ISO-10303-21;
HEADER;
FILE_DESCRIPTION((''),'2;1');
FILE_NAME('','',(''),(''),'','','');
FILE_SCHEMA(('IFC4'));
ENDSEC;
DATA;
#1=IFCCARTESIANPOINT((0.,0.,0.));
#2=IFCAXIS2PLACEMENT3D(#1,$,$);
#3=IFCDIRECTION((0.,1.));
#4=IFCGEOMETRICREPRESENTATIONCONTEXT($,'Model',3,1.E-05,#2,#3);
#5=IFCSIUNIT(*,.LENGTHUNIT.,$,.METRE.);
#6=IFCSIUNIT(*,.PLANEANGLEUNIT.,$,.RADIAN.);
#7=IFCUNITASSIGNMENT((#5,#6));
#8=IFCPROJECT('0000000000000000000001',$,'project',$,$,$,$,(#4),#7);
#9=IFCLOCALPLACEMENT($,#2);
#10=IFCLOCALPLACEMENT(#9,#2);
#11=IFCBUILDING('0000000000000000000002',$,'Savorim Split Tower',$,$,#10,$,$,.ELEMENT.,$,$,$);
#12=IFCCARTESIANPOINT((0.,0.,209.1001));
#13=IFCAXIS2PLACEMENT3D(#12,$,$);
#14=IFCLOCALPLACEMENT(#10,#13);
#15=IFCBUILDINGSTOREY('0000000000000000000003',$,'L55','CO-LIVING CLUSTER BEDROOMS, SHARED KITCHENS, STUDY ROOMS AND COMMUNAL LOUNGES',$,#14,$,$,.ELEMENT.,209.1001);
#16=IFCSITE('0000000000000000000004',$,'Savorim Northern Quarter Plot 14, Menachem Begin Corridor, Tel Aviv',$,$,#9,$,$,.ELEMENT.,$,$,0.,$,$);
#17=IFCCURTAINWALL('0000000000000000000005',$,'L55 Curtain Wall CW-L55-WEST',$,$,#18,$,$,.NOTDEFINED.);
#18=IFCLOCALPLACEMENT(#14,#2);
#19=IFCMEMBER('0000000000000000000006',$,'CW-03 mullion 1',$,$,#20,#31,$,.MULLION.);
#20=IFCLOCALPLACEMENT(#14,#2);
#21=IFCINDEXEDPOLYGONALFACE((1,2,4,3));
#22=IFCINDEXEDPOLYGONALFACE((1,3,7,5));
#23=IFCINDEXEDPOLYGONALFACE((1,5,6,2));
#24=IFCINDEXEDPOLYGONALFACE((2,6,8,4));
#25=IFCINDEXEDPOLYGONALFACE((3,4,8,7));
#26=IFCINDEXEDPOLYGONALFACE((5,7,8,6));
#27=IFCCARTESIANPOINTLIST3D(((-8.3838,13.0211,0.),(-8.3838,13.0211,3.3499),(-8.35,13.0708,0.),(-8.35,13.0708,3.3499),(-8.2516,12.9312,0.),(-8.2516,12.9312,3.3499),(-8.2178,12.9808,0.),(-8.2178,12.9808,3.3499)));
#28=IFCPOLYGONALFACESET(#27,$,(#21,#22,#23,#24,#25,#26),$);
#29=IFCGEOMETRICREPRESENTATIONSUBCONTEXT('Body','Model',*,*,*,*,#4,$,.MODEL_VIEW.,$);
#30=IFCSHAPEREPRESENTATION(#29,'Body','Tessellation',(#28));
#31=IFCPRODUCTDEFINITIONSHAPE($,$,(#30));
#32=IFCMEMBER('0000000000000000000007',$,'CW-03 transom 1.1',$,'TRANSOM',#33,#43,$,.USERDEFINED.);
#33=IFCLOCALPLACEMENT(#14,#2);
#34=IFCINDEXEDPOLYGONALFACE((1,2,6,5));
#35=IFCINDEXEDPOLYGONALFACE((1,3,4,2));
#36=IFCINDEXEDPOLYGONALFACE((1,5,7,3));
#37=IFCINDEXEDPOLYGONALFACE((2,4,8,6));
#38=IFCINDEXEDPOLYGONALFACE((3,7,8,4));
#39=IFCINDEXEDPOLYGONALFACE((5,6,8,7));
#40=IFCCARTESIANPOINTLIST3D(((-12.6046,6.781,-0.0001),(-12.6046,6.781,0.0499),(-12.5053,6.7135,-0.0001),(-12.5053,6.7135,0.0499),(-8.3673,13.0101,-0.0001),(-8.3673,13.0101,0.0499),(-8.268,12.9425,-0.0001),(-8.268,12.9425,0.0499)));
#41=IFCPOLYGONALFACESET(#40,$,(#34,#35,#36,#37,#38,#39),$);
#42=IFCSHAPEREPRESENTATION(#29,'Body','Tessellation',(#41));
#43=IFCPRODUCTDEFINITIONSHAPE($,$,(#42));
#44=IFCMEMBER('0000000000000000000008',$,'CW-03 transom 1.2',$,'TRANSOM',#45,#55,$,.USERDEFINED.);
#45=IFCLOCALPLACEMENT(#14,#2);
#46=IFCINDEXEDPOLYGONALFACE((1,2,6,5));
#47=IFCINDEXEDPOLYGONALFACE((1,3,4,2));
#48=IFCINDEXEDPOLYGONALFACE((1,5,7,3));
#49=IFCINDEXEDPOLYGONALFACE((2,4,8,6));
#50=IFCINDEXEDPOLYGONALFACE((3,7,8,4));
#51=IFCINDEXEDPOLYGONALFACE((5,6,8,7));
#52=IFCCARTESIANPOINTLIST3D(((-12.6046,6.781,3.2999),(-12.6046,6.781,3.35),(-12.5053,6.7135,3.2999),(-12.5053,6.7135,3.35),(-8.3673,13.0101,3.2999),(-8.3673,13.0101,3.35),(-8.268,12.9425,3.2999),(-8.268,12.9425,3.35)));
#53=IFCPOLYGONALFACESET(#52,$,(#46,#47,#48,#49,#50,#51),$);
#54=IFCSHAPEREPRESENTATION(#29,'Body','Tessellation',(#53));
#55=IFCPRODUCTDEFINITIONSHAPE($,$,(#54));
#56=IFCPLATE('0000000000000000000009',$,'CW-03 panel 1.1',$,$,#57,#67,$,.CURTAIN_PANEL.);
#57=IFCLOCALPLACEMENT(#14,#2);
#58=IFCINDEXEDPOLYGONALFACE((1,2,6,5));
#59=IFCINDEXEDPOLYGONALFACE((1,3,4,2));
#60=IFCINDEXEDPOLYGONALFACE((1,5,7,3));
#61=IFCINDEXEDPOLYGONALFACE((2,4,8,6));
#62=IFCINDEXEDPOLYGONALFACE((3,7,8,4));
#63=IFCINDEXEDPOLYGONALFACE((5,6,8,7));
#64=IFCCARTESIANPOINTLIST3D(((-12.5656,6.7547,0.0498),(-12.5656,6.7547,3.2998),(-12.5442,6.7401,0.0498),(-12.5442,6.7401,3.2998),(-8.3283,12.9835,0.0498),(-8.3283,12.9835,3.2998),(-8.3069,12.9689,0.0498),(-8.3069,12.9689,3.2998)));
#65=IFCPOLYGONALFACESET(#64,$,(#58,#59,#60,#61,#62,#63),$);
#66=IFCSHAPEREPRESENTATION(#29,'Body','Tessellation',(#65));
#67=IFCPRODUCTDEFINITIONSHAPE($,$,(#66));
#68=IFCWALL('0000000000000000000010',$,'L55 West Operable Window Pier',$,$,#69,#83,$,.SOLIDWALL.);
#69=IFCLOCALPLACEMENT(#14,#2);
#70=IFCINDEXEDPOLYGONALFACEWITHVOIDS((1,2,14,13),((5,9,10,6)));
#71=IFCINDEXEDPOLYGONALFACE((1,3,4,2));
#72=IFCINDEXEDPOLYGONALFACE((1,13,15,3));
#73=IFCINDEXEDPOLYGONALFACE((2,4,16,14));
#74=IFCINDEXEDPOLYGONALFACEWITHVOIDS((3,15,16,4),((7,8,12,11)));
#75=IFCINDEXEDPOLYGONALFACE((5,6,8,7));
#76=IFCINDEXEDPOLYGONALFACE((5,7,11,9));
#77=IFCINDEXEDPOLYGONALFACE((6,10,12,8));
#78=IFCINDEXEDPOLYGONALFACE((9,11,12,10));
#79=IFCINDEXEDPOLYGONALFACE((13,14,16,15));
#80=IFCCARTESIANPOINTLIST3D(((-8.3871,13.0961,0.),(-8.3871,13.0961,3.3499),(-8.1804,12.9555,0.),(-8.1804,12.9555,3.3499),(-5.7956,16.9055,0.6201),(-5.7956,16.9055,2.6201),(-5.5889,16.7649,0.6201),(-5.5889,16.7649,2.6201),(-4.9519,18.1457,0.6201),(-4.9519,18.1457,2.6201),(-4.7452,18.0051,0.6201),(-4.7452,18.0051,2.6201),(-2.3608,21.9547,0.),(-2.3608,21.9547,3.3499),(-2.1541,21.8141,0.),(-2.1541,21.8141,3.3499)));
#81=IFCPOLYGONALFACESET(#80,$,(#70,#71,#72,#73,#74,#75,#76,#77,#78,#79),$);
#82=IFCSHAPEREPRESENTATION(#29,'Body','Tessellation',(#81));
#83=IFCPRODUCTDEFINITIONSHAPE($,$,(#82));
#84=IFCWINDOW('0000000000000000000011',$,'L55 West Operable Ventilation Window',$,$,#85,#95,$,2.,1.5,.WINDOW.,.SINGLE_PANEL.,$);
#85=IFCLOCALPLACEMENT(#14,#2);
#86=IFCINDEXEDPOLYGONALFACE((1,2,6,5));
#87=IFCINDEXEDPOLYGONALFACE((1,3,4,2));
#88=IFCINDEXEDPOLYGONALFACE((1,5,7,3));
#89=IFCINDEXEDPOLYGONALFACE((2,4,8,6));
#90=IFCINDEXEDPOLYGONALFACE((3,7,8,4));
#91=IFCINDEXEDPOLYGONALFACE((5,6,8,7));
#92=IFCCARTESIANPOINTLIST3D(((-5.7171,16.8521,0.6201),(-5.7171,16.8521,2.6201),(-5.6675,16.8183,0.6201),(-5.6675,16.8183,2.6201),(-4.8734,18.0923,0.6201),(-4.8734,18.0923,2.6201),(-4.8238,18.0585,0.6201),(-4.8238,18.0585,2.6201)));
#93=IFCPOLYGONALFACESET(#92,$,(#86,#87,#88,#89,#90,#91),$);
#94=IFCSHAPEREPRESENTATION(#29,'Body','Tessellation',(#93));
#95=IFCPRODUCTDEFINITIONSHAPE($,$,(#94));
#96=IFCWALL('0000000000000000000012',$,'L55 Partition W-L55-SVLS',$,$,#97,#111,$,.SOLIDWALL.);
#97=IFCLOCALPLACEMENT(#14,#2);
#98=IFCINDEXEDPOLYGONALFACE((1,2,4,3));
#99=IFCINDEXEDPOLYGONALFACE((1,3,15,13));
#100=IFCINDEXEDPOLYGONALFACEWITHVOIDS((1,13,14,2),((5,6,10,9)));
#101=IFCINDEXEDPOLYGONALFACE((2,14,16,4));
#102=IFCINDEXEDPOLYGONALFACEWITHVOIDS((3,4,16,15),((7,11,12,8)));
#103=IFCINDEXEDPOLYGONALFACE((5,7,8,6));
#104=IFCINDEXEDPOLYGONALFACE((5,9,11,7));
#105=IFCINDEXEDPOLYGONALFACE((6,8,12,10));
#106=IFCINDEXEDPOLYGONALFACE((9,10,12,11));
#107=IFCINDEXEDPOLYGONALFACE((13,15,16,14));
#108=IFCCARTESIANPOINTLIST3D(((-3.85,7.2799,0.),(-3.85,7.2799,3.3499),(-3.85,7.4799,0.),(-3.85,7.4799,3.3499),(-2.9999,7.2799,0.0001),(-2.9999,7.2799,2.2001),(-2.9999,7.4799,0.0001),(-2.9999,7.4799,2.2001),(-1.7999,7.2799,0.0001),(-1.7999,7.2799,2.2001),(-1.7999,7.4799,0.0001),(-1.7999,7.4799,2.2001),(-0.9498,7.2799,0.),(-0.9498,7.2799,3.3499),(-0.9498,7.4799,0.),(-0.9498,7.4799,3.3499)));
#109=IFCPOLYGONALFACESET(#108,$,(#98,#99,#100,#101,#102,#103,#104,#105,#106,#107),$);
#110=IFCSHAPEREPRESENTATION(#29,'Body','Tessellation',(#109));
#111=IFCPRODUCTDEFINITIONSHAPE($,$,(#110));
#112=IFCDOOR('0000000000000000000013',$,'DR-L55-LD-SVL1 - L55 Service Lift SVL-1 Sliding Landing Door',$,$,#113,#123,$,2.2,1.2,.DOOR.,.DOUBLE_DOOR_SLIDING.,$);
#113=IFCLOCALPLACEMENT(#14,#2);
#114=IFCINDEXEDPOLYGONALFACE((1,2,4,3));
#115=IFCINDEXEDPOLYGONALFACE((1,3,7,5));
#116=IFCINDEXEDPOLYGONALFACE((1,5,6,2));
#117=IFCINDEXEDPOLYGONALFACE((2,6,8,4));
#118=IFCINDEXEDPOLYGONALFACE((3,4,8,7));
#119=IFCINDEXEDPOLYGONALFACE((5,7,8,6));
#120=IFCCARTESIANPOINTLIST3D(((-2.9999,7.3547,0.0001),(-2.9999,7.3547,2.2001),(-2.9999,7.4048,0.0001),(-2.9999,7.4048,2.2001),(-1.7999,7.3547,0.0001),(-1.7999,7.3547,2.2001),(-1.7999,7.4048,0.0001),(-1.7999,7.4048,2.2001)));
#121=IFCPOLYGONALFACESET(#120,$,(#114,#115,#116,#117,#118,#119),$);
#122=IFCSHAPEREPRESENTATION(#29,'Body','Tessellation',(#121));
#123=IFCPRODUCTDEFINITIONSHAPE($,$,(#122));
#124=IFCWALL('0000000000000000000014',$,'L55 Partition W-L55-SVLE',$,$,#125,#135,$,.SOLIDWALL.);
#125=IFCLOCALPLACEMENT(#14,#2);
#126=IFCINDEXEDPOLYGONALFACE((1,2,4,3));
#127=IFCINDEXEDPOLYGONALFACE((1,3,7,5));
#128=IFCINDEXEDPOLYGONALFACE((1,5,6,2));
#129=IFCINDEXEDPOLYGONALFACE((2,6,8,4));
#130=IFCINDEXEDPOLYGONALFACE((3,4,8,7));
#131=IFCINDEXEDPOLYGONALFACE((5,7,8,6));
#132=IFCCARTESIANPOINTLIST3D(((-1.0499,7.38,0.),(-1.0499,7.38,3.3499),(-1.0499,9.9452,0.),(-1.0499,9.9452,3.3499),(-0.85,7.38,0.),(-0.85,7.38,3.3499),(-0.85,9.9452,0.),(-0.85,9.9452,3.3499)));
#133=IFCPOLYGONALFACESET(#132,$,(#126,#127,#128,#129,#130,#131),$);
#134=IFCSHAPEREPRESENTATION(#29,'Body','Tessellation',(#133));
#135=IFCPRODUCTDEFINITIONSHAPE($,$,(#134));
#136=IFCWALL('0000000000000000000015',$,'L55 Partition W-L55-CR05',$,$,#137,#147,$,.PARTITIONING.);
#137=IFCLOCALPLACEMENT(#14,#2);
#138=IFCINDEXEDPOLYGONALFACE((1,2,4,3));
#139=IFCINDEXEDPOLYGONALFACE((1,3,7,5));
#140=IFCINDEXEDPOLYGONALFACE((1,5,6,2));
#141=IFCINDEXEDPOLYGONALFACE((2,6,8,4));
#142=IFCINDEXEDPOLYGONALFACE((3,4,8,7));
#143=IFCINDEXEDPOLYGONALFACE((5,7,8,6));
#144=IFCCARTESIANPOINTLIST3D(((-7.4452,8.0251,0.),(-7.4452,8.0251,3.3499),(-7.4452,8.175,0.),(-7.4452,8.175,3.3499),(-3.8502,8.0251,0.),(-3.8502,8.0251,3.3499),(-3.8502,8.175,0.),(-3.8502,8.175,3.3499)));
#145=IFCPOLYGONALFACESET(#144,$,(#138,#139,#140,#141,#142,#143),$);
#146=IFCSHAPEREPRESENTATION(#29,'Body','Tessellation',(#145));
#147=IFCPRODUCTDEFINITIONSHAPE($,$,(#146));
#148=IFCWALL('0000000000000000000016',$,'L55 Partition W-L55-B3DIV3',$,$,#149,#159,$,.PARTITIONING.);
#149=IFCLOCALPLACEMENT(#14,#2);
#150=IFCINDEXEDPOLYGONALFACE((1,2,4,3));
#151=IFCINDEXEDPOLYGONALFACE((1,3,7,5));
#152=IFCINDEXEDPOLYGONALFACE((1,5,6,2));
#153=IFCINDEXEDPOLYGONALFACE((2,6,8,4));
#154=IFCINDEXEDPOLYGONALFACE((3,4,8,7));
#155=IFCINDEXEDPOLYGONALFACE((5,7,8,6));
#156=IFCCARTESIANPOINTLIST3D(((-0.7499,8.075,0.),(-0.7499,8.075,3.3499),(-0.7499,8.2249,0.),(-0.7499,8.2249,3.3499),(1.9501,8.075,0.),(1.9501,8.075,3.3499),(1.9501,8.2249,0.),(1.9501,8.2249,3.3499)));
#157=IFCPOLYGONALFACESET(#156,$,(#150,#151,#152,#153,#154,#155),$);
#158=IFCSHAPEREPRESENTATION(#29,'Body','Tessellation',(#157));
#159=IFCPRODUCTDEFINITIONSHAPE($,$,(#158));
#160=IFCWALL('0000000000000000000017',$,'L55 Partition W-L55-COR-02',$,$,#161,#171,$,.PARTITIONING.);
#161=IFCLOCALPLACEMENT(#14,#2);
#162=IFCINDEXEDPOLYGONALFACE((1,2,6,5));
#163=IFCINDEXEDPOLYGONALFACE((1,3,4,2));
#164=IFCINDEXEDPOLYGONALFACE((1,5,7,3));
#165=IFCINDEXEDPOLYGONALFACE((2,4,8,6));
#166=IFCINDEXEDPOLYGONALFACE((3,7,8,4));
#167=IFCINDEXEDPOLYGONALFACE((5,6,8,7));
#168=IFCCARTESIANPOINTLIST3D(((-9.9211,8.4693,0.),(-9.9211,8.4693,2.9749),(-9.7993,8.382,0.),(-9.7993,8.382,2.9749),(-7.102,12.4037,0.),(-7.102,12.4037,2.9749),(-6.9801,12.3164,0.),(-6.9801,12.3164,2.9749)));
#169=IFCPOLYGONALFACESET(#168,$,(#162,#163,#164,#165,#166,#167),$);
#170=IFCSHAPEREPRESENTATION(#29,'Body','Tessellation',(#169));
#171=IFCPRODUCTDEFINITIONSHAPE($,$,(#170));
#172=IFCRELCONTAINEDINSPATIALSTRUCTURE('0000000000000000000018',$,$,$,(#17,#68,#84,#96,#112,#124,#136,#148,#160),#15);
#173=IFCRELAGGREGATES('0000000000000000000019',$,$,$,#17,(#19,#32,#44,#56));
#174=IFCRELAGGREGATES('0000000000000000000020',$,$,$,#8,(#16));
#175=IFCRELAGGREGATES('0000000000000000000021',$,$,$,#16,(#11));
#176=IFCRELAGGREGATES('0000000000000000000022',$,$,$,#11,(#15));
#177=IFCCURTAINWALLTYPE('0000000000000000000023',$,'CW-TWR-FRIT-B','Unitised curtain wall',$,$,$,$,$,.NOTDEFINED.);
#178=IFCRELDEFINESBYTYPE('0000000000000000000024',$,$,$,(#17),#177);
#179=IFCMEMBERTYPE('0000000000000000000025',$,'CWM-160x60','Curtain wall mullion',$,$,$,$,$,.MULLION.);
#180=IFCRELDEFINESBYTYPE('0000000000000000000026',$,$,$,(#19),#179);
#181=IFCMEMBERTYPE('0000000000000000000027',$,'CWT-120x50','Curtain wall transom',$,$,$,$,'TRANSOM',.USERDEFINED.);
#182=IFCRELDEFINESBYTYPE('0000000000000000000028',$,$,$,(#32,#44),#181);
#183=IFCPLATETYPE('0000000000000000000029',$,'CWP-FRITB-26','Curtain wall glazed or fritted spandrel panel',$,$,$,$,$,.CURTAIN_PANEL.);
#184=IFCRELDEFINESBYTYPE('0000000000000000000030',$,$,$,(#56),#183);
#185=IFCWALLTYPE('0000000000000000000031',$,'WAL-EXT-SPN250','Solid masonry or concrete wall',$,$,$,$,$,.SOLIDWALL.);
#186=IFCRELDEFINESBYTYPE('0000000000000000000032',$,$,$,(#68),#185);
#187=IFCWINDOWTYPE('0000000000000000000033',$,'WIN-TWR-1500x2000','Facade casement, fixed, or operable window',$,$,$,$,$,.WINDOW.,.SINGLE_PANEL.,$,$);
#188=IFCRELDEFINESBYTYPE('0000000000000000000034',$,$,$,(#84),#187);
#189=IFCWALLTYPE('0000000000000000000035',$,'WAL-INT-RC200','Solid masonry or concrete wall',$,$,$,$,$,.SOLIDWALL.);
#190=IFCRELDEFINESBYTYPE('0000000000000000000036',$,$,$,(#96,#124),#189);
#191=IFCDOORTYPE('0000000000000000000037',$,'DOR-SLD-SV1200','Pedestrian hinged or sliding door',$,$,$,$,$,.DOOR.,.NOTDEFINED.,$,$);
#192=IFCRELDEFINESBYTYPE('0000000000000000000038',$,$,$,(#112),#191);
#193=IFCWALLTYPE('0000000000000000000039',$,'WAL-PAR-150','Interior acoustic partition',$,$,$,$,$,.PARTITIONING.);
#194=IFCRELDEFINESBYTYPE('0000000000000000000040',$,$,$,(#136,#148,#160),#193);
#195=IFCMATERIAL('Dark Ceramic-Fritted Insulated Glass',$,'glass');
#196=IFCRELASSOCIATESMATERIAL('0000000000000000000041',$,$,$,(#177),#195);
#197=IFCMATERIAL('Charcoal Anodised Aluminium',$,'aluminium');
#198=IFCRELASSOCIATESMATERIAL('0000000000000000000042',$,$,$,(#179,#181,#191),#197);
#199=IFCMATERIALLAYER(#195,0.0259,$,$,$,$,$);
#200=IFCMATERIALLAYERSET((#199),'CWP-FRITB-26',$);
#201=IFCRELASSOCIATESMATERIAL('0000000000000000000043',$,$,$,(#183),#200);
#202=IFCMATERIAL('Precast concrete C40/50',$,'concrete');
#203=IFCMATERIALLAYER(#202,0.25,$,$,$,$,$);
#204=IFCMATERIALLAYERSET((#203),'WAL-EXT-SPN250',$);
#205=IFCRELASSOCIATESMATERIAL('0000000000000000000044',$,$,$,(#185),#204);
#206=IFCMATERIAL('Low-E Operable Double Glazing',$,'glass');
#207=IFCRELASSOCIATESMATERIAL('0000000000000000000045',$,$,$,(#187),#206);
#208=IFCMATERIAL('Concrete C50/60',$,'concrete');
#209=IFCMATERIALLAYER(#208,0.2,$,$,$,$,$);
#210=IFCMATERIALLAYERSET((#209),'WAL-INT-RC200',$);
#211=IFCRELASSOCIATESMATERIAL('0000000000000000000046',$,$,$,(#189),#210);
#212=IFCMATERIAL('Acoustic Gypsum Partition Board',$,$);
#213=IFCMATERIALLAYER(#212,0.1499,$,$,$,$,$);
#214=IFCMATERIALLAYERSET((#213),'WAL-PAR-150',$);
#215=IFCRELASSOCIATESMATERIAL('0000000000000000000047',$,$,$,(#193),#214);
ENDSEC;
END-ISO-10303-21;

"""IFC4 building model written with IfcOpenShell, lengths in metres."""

from ifc_helpers import new_model, si_unit, direction, frame, frame_2d, origin, origin_2d, place, context, subcontext, project, spatial, rectangle, extrude, material, layer, layer_set, material_profile, profile_set, type_object, element, fill, aggregate, save


model = new_model("IFC4")

# Units and contexts
model_context = context("Model", 3, precision=1e-05, world=origin(), true_north=direction((0.0, 1.0)))
body_context = subcontext(model_context, "Body", "Model", "MODEL_VIEW")
ifc_project = project(units=[si_unit("LENGTHUNIT", "METRE"), si_unit("PLANEANGLEUNIT", "RADIAN")], contexts=[model_context])

# Site, building, storey
site_placement = place(None, origin())
site = spatial("IfcSite", under=ifc_project, at=site_placement, Name="Savorim Northern Quarter Plot 14, Menachem Begin Corridor, Tel Aviv", CompositionType="ELEMENT", RefElevation=0.0)
building_placement = place(site_placement, origin())
building = spatial("IfcBuilding", under=site, at=building_placement, Name="Savorim Split Tower", CompositionType="ELEMENT")
storey_placement = place(building_placement, frame((0.0, 0.0, 209.1001)))
storey = spatial("IfcBuildingStorey", under=building, at=storey_placement, Name="L55", Description="CO-LIVING CLUSTER BEDROOMS, SHARED KITCHENS, STUDY ROOMS AND COMMUNAL LOUNGES", CompositionType="ELEMENT", Elevation=209.1001)

# Curtain wall, members, plate
ifc_material_1 = material(Name="Dark Ceramic-Fritted Insulated Glass", Category="glass")
curtain_wall_type = type_object("IfcCurtainWallType", Name="CW-TWR-FRIT-B", Description="Unitised curtain wall", PredefinedType="NOTDEFINED", material=ifc_material_1)
curtain_wall_placement = place(storey_placement, origin())
curtain_wall = element("IfcCurtainWall", 1, at=curtain_wall_placement, inside=storey, type_object=curtain_wall_type, Name="L55 Curtain Wall CW-L55-WEST", PredefinedType="NOTDEFINED")
ifc_material_2 = material(Name="Charcoal Anodised Aluminium", Category="aluminium")
ifc_material_profile_1 = material_profile(ifc_material_2, rectangle(XDim=0.1599, YDim=0.0601, at=origin_2d()), Name="ALU-M 160x60")
ifc_profile_set_1 = profile_set([ifc_material_profile_1], Name="Charcoal Anodised Aluminium")
member_type_1 = type_object("IfcMemberType", Name="CWM-160x60", Description="Curtain wall mullion", PredefinedType="MULLION", material=ifc_profile_set_1)
member_1_placement = place(storey_placement, frame((-8.3008, 13.001, 0.0), z_axis=(0.0, 0.0, 1.0), x_axis=(0.826821, -0.562465, 0.0)))
member_1 = element("IfcMember", 2, at=member_1_placement, type_object=member_type_1, Name="CW-03 mullion 1", PredefinedType="MULLION", context=body_context, shape_type="SweptSolid", body=[
    extrude(rectangle(XDim=0.1599, YDim=0.0601, at=origin_2d()), origin(), (0.0, 0.0, 1.0), 3.3499),
])
ifc_material_profile_2 = material_profile(ifc_material_2, rectangle(XDim=0.1201, YDim=0.05, at=origin_2d()), Name="ALU-T 120x50")
ifc_profile_set_2 = profile_set([ifc_material_profile_2], Name="Charcoal Anodised Aluminium")
member_type_2 = type_object("IfcMemberType", Name="CWT-120x50", Description="Curtain wall transom", ElementType="TRANSOM", PredefinedType="USERDEFINED", material=ifc_profile_set_2)
member_2_placement = place(storey_placement, frame((-8.3176, 12.9763, 0.0249), z_axis=(-0.562454, -0.826829, 0.0), x_axis=(0.826829, -0.562454, 0.0)))
member_2 = element("IfcMember", 3, at=member_2_placement, type_object=member_type_2, Name="CW-03 transom 1.1", ObjectType="TRANSOM", PredefinedType="USERDEFINED", context=body_context, shape_type="SweptSolid", body=[
    extrude(rectangle(XDim=0.1201, YDim=0.05, at=origin_2d()), origin(), (0.0, 0.0, 1.0), 7.5337),
])
member_3_placement = place(storey_placement, frame((-8.3176, 12.9763, 3.325), z_axis=(-0.562454, -0.826829, 0.0), x_axis=(0.826829, -0.562454, 0.0)))
member_3 = element("IfcMember", 4, at=member_3_placement, type_object=member_type_2, Name="CW-03 transom 1.2", ObjectType="TRANSOM", PredefinedType="USERDEFINED", context=body_context, shape_type="SweptSolid", body=[
    extrude(rectangle(XDim=0.1201, YDim=0.05, at=origin_2d()), origin(), (0.0, 0.0, 1.0), 7.5337),
])
ifc_layer_1 = layer(ifc_material_1, 0.0259)
ifc_layer_set_1 = layer_set([ifc_layer_1], Name="CWP-FRITB-26")
plate_type = type_object("IfcPlateType", Name="CWP-FRITB-26", Description="Curtain wall glazed or fritted spandrel panel", PredefinedType="CURTAIN_PANEL", material=ifc_layer_set_1)
plate_placement = place(storey_placement, frame((-10.4363, 9.8618, 0.0498), z_axis=(0.0, 0.0, 1.0), x_axis=(-0.562465, -0.826821, 0.0)))
plate = element("IfcPlate", 5, at=plate_placement, type_object=plate_type, Name="CW-03 panel 1.1", PredefinedType="CURTAIN_PANEL", context=body_context, shape_type="SweptSolid", body=[
    extrude(rectangle(XDim=7.5334, YDim=0.0259, at=origin_2d()), origin(), (0.0, 0.0, 1.0), 3.25),
])
aggregate(curtain_wall, [member_1, member_2, member_3, plate])

# Shared definitions
ifc_material_3 = material(Name="Precast concrete C40/50", Category="concrete")

# Wall, opening, window
ifc_layer_2 = layer(ifc_material_3, 0.25)
ifc_layer_set_2 = layer_set([ifc_layer_2], Name="WAL-EXT-SPN250")
wall_type_1 = type_object("IfcWallType", Name="WAL-EXT-SPN250", Description="Solid masonry or concrete wall", PredefinedType="SOLIDWALL", material=ifc_layer_set_2)
wall_1_placement = place(storey_placement, frame((-8.2837, 13.0259, 0.0), z_axis=(0.0, 0.0, 1.0), x_axis=(0.562469, 0.826818, 0.0)))
wall_1 = element("IfcWall", 6, at=wall_1_placement, inside=storey, type_object=wall_type_1, Name="L55 West Operable Window Pier", PredefinedType="SOLIDWALL", context=body_context, shape_type="SweptSolid", body=[
    extrude(rectangle(XDim=10.7141, YDim=0.25, at=frame_2d((5.3569, 0.0))), origin(), (0.0, 0.0, 1.0), 3.3499),
])
opening_1_placement = place(wall_1_placement, frame((4.6072, 0.0, 0.6201)))
opening_1 = element("IfcOpeningElement", 7, at=opening_1_placement, cuts=wall_1, PredefinedType="OPENING", context=body_context, shape_type="SweptSolid", body=[
    extrude(rectangle(XDim=1.5, YDim=2.0, at=frame_2d((0.75, 1.0))), frame((0.0, 0.135, 0.0), z_axis=(0.0, -1.0, 0.0), x_axis=(1.0, 0.0, 0.0)), (0.0, 0.0, 1.0), 0.27),
])
ifc_material_4 = material(Name="Low-E Operable Double Glazing", Category="glass")
window_type = type_object("IfcWindowType", Name="WIN-TWR-1500x2000", Description="Facade casement, fixed, or operable window", PartitioningType="SINGLE_PANEL", PredefinedType="WINDOW", material=ifc_material_4)
window_placement = place(opening_1_placement, origin())
window = element("IfcWindow", 8, at=window_placement, inside=storey, type_object=window_type, Name="L55 West Operable Ventilation Window", OverallHeight=2.0, OverallWidth=1.5, PartitioningType="SINGLE_PANEL", PredefinedType="WINDOW", context=body_context, shape_type="SweptSolid", body=[
    extrude(rectangle(XDim=1.5, YDim=2.0, at=frame_2d((0.75, 1.0))), frame((0.0, 0.03, 0.0), z_axis=(0.0, -1.0, 0.0), x_axis=(1.0, 0.0, 0.0)), (0.0, 0.0, 1.0), 0.0601),
])
fill(opening_1, window)

# Wall, opening, door
ifc_material_5 = material(Name="Concrete C50/60", Category="concrete")
ifc_layer_3 = layer(ifc_material_5, 0.2)
ifc_layer_set_3 = layer_set([ifc_layer_3], Name="WAL-INT-RC200")
wall_type_2 = type_object("IfcWallType", Name="WAL-INT-RC200", Description="Solid masonry or concrete wall", PredefinedType="SOLIDWALL", material=ifc_layer_set_3)
wall_2_placement = place(storey_placement, frame((-3.8501, 7.3799, 0.0), z_axis=(0.0, 0.0, 1.0), x_axis=(1.0, 0.0, 0.0)))
wall_2 = element("IfcWall", 9, at=wall_2_placement, inside=storey, type_object=wall_type_2, Name="L55 Partition W-L55-SVLS", PredefinedType="SOLIDWALL", context=body_context, shape_type="SweptSolid", body=[
    extrude(rectangle(XDim=2.9001, YDim=0.2, at=frame_2d((1.4502, 0.0))), origin(), (0.0, 0.0, 1.0), 3.3499),
])
opening_2_placement = place(wall_2_placement, frame((0.8501, 0.0, 0.0)))
opening_2 = element("IfcOpeningElement", 10, at=opening_2_placement, cuts=wall_2, PredefinedType="OPENING", context=body_context, shape_type="SweptSolid", body=[
    extrude(rectangle(XDim=1.2, YDim=2.2, at=frame_2d((0.6001, 1.1001))), frame((0.0, 0.1099, 0.0), z_axis=(0.0, -1.0, 0.0), x_axis=(1.0, 0.0, 0.0)), (0.0, 0.0, 1.0), 0.22),
])
door_type_1 = type_object("IfcDoorType", Name="DOR-SLD-SV1200", Description="Pedestrian hinged or sliding door", OperationType="NOTDEFINED", PredefinedType="DOOR", material=ifc_material_2)
door_1_placement = place(opening_2_placement, origin())
door_1 = element("IfcDoor", 11, at=door_1_placement, inside=storey, type_object=door_type_1, Name="DR-L55-LD-SVL1 - L55 Service Lift SVL-1 Sliding Landing Door", OperationType="DOUBLE_DOOR_SLIDING", OverallHeight=2.2, OverallWidth=1.2, PredefinedType="DOOR", context=body_context, shape_type="SweptSolid", body=[
    extrude(rectangle(XDim=1.2, YDim=2.2, at=frame_2d((0.6001, 1.1001))), frame((0.0, 0.0249, 0.0), z_axis=(0.0, -1.0, 0.0), x_axis=(1.0, 0.0, 0.0)), (0.0, 0.0, 1.0), 0.05),
])
fill(opening_2, door_1)

# Walls
wall_3_placement = place(storey_placement, frame((-0.95, 7.3799, 0.0), z_axis=(0.0, 0.0, 1.0), x_axis=(0.0, 1.0, 0.0)))
element("IfcWall", 12, at=wall_3_placement, inside=storey, type_object=wall_type_2, Name="L55 Partition W-L55-SVLE", PredefinedType="SOLIDWALL", context=body_context, shape_type="SweptSolid", body=[
    extrude(rectangle(XDim=2.5652, YDim=0.2, at=frame_2d((1.2827, 0.0))), origin(), (0.0, 0.0, 1.0), 3.3499),
])
ifc_material_6 = material(Name="Acoustic Gypsum Partition Board")
ifc_layer_4 = layer(ifc_material_6, 0.1499)
ifc_layer_set_4 = layer_set([ifc_layer_4], Name="WAL-PAR-150")
wall_type_3 = type_object("IfcWallType", Name="WAL-PAR-150", Description="Interior acoustic partition", PredefinedType="PARTITIONING", material=ifc_layer_set_4)
wall_4_placement = place(storey_placement, frame((-7.4451, 8.1001, 0.0), z_axis=(0.0, 0.0, 1.0), x_axis=(1.0, 0.0, 0.0)))
element("IfcWall", 13, at=wall_4_placement, inside=storey, type_object=wall_type_3, Name="L55 Partition W-L55-CR05", PredefinedType="PARTITIONING", context=body_context, shape_type="SweptSolid", body=[
    extrude(rectangle(XDim=3.595, YDim=0.1499, at=frame_2d((1.7974, 0.0))), origin(), (0.0, 0.0, 1.0), 3.3499),
])
wall_5_placement = place(storey_placement, frame((-0.75, 8.1499, 0.0), z_axis=(0.0, 0.0, 1.0), x_axis=(1.0, 0.0, 0.0)))
element("IfcWall", 14, at=wall_5_placement, inside=storey, type_object=wall_type_3, Name="L55 Partition W-L55-B3DIV3", PredefinedType="PARTITIONING", context=body_context, shape_type="SweptSolid", body=[
    extrude(rectangle(XDim=2.7, YDim=0.1499, at=frame_2d((1.3501, 0.0))), origin(), (0.0, 0.0, 1.0), 3.3499),
])
wall_6_placement = place(storey_placement, frame((-9.8601, 8.4258, 0.0), z_axis=(0.0, 0.0, 1.0), x_axis=(0.58245, 0.812867, 0.0)))
element("IfcWall", 15, at=wall_6_placement, inside=storey, type_object=wall_type_3, Name="L55 Partition W-L55-COR-02", PredefinedType="PARTITIONING", context=body_context, shape_type="SweptSolid", body=[
    extrude(rectangle(XDim=4.8401, YDim=0.1499, at=frame_2d((2.4199, 0.0))), origin(), (0.0, 0.0, 1.0), 2.9749),
])

save(model, "model.ifc")
